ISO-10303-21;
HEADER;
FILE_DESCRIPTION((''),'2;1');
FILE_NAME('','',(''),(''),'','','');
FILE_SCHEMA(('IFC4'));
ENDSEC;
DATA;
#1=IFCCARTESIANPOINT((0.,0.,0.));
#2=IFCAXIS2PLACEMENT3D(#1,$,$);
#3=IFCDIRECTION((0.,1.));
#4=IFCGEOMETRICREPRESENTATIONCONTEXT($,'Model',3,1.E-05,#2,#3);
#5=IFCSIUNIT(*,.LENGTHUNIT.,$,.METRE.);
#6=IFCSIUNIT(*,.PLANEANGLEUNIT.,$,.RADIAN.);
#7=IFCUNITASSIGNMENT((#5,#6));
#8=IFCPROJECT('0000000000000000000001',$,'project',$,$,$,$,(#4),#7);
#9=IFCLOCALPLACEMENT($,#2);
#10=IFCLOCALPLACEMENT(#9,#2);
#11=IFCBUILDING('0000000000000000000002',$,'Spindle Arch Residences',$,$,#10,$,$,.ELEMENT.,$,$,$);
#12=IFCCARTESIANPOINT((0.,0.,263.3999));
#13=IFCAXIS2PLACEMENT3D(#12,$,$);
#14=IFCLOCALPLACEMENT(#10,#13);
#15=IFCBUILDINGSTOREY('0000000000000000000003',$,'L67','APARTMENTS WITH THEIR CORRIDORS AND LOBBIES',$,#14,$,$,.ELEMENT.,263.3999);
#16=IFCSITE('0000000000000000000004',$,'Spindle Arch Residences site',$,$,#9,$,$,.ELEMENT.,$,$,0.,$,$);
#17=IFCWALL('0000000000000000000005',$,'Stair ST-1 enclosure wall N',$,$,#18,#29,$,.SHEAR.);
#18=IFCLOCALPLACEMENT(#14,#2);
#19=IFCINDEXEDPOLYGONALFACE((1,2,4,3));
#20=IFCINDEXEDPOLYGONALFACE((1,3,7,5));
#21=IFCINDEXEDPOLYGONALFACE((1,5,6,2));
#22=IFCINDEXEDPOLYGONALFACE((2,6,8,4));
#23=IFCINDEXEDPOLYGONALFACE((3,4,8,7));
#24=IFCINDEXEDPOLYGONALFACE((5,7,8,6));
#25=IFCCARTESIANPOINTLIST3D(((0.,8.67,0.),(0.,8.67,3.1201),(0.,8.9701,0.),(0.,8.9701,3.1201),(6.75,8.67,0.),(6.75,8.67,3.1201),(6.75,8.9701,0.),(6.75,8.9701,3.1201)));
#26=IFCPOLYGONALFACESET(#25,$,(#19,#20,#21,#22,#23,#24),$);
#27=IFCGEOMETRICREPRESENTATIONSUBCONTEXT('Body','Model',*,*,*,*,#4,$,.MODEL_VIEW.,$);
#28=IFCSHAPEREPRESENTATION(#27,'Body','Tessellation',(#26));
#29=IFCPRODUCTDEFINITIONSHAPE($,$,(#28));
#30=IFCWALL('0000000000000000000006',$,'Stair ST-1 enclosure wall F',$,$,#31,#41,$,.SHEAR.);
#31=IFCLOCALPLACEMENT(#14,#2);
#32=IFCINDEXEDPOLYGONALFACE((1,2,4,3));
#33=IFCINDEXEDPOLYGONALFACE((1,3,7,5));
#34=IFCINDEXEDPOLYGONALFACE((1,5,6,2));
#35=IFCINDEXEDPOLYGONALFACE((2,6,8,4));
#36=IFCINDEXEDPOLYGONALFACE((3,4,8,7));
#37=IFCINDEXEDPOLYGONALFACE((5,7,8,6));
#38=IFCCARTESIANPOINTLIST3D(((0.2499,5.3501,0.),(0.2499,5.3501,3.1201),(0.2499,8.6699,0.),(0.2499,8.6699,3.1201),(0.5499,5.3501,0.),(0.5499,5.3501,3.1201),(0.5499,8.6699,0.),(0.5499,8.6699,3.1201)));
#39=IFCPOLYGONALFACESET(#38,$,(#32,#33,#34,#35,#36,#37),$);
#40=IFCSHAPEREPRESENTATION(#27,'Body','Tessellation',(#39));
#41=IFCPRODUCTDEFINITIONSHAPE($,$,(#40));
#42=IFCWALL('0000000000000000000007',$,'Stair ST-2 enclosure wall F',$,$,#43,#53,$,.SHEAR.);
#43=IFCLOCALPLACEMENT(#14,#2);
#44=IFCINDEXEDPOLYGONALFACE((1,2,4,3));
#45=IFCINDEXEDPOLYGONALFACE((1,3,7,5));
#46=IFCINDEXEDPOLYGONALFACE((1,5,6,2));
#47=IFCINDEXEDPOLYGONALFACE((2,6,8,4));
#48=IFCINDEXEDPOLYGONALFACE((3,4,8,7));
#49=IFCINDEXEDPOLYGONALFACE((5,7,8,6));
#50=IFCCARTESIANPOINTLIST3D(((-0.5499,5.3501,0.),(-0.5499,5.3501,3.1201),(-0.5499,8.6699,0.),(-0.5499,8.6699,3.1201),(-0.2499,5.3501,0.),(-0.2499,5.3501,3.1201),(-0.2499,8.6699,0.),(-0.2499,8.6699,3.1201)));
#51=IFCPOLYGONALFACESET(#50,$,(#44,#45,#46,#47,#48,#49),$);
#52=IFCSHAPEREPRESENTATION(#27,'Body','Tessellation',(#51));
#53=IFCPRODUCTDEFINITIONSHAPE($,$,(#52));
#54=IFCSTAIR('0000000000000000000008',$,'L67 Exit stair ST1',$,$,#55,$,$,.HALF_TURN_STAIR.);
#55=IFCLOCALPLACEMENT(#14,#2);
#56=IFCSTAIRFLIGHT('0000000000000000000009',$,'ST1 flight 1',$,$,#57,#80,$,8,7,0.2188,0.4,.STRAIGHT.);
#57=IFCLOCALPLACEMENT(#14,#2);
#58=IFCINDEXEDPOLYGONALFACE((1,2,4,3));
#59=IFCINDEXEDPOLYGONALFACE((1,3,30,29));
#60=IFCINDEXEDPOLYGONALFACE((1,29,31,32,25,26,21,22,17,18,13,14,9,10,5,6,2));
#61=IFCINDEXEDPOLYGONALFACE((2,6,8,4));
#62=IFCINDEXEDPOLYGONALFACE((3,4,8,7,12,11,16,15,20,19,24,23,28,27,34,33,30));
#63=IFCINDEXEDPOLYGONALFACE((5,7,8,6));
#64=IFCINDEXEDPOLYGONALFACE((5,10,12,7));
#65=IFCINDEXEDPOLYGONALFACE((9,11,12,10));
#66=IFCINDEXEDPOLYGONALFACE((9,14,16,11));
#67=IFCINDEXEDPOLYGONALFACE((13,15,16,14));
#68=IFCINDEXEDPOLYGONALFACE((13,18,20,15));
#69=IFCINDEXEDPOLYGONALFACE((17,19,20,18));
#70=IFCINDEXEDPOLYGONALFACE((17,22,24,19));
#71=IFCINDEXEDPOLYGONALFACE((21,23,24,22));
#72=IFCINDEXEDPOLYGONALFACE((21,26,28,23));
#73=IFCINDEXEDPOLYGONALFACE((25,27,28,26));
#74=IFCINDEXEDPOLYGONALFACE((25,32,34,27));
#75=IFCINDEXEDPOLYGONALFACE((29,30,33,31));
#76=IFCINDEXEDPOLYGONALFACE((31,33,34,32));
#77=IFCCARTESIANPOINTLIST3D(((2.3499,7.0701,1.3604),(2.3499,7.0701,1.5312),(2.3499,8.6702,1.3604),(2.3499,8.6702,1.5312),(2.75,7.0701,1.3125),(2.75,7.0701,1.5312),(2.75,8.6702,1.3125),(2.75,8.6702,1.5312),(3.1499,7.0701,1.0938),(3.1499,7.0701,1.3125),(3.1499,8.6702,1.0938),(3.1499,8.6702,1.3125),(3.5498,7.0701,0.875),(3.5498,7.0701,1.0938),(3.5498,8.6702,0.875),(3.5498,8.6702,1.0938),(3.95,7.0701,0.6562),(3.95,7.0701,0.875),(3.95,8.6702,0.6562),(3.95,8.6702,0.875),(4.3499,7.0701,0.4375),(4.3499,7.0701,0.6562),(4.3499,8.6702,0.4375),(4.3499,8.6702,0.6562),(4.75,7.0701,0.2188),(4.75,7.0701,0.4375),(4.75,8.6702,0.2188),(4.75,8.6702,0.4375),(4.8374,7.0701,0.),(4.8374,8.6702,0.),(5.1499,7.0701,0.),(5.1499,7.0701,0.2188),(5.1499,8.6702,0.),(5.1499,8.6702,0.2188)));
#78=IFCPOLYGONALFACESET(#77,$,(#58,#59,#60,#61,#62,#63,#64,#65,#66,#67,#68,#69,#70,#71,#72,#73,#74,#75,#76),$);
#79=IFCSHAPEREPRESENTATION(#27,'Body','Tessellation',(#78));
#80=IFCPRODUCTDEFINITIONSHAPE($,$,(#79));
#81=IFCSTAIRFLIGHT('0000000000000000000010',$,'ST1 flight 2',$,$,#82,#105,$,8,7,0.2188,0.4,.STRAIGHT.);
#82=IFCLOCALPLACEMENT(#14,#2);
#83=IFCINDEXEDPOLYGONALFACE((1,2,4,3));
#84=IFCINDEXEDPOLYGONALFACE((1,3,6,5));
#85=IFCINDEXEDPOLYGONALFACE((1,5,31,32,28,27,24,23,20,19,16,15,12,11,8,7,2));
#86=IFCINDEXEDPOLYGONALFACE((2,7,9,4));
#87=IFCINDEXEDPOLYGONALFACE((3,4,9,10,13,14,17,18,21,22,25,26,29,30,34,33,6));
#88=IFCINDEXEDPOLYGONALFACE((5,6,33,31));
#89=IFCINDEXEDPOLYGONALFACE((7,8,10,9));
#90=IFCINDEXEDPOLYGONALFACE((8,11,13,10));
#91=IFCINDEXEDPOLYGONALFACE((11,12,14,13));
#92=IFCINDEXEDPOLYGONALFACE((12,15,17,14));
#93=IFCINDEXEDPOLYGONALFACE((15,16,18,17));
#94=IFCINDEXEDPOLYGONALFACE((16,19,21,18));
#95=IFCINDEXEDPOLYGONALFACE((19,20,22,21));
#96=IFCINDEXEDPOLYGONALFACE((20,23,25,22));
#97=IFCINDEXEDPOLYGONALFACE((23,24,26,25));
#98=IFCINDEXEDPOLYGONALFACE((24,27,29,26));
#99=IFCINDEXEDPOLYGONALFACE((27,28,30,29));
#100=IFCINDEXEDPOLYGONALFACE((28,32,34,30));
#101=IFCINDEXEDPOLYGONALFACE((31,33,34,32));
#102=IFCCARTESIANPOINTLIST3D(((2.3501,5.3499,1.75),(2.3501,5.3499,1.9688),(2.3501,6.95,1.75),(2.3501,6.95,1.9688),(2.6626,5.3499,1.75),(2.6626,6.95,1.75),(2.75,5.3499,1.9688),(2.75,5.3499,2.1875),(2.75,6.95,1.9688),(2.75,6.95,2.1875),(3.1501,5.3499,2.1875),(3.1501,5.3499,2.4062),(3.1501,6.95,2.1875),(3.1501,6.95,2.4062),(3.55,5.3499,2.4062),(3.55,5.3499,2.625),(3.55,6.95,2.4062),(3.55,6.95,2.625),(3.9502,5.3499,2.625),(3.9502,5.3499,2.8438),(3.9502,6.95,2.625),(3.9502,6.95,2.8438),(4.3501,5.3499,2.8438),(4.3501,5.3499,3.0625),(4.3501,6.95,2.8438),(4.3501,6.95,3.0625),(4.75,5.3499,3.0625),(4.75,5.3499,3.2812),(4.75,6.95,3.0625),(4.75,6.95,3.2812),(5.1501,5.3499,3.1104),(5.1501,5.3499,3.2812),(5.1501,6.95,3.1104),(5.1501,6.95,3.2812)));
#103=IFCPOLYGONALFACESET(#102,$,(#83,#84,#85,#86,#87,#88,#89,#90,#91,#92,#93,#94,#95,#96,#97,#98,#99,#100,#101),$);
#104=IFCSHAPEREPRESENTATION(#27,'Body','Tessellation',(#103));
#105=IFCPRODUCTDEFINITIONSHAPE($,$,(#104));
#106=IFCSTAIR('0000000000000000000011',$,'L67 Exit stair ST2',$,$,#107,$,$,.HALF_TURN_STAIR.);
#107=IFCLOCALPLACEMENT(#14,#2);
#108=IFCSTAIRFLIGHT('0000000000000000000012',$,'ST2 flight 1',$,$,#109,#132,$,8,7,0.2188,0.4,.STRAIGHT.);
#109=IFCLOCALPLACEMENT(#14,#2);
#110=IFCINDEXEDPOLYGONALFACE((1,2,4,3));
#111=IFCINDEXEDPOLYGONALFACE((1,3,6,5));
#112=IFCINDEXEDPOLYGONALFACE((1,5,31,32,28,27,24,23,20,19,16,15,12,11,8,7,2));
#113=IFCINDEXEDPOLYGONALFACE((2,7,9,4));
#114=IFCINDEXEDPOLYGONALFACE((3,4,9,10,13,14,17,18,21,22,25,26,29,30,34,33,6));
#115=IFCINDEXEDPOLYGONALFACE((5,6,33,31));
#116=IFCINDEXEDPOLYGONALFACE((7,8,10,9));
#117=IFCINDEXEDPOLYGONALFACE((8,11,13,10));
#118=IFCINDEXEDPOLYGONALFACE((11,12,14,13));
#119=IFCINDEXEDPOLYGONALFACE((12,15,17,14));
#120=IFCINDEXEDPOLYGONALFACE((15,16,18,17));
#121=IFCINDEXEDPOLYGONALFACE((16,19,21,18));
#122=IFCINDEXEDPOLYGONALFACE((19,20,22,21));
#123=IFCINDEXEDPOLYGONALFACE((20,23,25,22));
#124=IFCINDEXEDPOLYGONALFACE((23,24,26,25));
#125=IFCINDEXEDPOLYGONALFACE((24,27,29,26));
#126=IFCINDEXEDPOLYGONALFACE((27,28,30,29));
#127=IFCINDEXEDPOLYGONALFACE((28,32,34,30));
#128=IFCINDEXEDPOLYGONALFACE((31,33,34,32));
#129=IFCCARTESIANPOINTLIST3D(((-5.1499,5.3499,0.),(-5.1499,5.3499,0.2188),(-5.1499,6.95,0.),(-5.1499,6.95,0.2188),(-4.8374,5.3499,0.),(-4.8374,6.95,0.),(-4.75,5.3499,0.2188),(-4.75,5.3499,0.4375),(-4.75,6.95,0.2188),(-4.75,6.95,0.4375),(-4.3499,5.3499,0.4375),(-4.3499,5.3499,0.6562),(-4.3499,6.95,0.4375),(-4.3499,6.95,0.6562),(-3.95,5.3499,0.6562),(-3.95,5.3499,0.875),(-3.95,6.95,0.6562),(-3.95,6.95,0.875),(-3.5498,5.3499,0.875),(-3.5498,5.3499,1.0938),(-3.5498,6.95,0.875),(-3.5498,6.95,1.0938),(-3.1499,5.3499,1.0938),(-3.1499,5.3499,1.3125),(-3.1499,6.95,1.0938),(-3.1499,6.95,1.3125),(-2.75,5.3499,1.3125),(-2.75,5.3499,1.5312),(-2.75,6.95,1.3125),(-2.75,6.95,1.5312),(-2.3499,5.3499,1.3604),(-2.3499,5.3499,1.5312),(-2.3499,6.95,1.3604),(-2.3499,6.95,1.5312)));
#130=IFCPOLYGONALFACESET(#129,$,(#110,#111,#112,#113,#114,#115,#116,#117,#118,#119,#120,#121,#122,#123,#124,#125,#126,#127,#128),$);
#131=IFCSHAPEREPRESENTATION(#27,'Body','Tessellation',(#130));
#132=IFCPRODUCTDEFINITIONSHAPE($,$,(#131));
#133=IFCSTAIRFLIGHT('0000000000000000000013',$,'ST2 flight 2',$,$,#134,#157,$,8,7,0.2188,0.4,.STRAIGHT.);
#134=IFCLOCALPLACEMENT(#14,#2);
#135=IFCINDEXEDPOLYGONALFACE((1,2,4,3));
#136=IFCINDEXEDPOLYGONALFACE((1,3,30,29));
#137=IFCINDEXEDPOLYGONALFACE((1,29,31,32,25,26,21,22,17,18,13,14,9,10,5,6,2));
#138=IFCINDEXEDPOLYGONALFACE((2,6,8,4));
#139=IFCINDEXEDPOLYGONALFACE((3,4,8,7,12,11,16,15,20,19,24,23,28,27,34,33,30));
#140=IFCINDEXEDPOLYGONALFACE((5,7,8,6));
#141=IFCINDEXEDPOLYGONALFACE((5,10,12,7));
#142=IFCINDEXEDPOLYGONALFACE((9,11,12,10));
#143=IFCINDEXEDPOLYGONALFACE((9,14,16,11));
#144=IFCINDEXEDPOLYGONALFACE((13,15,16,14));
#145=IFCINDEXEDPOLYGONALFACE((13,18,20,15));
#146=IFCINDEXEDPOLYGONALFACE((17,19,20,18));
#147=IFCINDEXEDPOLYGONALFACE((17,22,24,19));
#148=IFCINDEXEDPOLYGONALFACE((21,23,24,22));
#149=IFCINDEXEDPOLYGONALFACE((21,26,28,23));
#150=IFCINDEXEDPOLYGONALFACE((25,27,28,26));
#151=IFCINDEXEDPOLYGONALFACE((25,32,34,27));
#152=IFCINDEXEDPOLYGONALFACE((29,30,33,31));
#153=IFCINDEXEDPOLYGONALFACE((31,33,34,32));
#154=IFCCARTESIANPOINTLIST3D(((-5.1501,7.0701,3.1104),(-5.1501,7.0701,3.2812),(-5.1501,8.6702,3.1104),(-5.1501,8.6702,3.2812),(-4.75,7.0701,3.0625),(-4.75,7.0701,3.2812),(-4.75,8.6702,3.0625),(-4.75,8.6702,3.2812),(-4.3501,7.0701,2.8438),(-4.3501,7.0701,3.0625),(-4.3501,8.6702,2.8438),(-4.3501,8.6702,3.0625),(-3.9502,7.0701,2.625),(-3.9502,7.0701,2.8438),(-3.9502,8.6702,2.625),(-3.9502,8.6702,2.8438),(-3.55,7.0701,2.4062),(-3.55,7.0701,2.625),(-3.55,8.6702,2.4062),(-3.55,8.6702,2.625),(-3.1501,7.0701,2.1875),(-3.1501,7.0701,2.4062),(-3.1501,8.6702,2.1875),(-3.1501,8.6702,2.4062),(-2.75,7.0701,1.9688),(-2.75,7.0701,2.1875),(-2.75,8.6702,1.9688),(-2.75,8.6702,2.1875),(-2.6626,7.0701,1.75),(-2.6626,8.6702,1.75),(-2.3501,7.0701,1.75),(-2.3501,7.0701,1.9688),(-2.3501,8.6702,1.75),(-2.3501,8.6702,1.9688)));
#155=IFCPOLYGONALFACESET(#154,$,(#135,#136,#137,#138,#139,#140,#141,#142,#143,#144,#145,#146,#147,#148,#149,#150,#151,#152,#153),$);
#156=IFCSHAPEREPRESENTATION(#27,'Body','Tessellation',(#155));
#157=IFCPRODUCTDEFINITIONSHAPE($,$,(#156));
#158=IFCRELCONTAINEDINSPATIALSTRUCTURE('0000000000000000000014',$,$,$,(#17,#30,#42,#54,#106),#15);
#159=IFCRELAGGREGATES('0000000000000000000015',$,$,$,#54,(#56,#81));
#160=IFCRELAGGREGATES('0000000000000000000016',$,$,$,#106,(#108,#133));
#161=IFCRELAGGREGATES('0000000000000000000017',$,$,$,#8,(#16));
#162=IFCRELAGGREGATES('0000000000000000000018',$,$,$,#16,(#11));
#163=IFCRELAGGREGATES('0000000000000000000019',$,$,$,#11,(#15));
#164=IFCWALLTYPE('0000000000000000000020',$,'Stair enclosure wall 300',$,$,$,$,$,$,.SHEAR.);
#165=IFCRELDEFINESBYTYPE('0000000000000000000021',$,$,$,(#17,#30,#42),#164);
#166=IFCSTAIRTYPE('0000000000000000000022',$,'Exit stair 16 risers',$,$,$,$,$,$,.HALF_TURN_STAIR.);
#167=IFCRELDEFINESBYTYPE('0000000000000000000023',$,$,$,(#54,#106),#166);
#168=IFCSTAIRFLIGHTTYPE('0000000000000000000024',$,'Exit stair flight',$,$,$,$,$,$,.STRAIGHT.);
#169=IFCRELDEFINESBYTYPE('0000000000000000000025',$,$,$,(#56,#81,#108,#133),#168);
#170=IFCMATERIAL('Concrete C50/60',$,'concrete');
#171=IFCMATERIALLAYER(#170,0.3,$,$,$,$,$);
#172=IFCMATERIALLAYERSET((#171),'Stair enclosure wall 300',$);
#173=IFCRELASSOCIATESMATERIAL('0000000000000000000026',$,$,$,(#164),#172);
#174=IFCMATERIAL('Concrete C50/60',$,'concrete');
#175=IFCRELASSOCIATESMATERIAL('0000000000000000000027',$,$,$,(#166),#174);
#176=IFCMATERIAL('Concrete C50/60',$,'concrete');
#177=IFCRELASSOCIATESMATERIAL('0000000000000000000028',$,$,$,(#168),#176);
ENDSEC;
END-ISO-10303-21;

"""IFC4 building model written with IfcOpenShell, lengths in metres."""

from ifc_helpers import new_model, si_unit, direction, frame, frame_2d, origin, place, context, subcontext, project, spatial, polyline, rectangle, outline, extrude, material, layer, layer_set, type_object, element, aggregate, save


model = new_model("IFC4")

# Units and contexts
model_context = context("Model", 3, precision=1e-05, world=origin(), true_north=direction((0.0, 1.0)))
body_context = subcontext(model_context, "Body", "Model", "MODEL_VIEW")
ifc_project = project(units=[si_unit("LENGTHUNIT", "METRE"), si_unit("PLANEANGLEUNIT", "RADIAN")], contexts=[model_context])

# Site, building, storey
site_placement = place(None, origin())
site = spatial("IfcSite", under=ifc_project, at=site_placement, Name="Spindle Arch Residences site", CompositionType="ELEMENT", RefElevation=0.0)
building_placement = place(site_placement, origin())
building = spatial("IfcBuilding", under=site, at=building_placement, Name="Spindle Arch Residences", CompositionType="ELEMENT")
storey_placement = place(building_placement, frame((0.0, 0.0, 263.3999)))
storey = spatial("IfcBuildingStorey", under=building, at=storey_placement, Name="L67", Description="APARTMENTS WITH THEIR CORRIDORS AND LOBBIES", CompositionType="ELEMENT", Elevation=263.3999)

# Walls
ifc_material_1 = material(Name="Concrete C50/60", Category="concrete")
ifc_layer_1 = layer(ifc_material_1, 0.3)
ifc_layer_set_1 = layer_set([ifc_layer_1], Name="Stair enclosure wall 300")
wall_type_1 = type_object("IfcWallType", Name="Stair enclosure wall 300", PredefinedType="SHEAR", material=ifc_layer_set_1)
for number, where, z_axis, x_axis, name in (
    (1, (0.0, 8.8201, 0.0), (0.0, 0.0, 1.0), (1.0, 0.0, 0.0), "Stair ST-1 enclosure wall N"),
):
    element("IfcWall", number, at=place(storey_placement, frame(where, z_axis=z_axis, x_axis=x_axis)), inside=storey, type_object=wall_type_1, Name=name, PredefinedType="SHEAR", context=body_context, shape_type="SweptSolid", body=[
        extrude(rectangle(XDim=6.75, YDim=0.3, at=frame_2d((3.375, 0.0))), origin(), (0.0, 0.0, 1.0), 3.1201),
    ])
for number, where, z_axis, x_axis, name in (
    (2, (0.3999, 5.3501, 0.0), (0.0, 0.0, 1.0), (0.0, 1.0, 0.0), "Stair ST-1 enclosure wall F"),
    (3, (-0.3999, 5.3501, 0.0), (0.0, 0.0, 1.0), (0.0, 1.0, 0.0), "Stair ST-2 enclosure wall F"),
):
    element("IfcWall", number, at=place(storey_placement, frame(where, z_axis=z_axis, x_axis=x_axis)), inside=storey, type_object=wall_type_1, Name=name, PredefinedType="SHEAR", context=body_context, shape_type="SweptSolid", body=[
        extrude(rectangle(XDim=3.3198, YDim=0.3, at=frame_2d((1.6599, 0.0))), origin(), (0.0, 0.0, 1.0), 3.1201),
    ])

# Stairs, stair flights
ifc_material_2 = material(Name="Concrete C50/60", Category="concrete")
stair_type = type_object("IfcStairType", Name="Exit stair 16 risers", PredefinedType="HALF_TURN_STAIR", material=ifc_material_2)
stair_1_placement = place(storey_placement, origin())
stair_1 = element("IfcStair", 4, at=stair_1_placement, inside=storey, type_object=stair_type, Name="L67 Exit stair ST1", PredefinedType="HALF_TURN_STAIR")
ifc_material_3 = material(Name="Concrete C50/60", Category="concrete")
stair_flight_type = type_object("IfcStairFlightType", Name="Exit stair flight", PredefinedType="STRAIGHT", material=ifc_material_3)
stair_flight_1_placement = place(storey_placement, frame((5.1499, 7.8701, 0.0), z_axis=(0.0, 0.0, 1.0), x_axis=(-1.0, 0.0, 0.0)))
stair_flight_1 = element("IfcStairFlight", 5, at=stair_flight_1_placement, type_object=stair_flight_type, Name="ST1 flight 1", NumberOfRisers=8, NumberOfTreads=7, PredefinedType="STRAIGHT", RiserHeight=0.2188, TreadLength=0.4, context=body_context, shape_type="SweptSolid", body=[
    extrude(outline(polyline([(0.0, 0.0), (0.0, 0.2188), (0.3999, 0.2188), (0.3999, 0.4375), (0.8, 0.4375), (0.8, 0.6562), (1.2, 0.6562), (1.2, 0.875), (1.6001, 0.875), (1.6001, 1.0938), (2.0, 1.0938), (2.0, 1.3125), (2.3999, 1.3125), (2.3999, 1.5312), (2.8, 1.5312), (2.8, 1.75), (2.8, 1.3604), (0.3125, 0.0), (0.0, 0.0)])), frame((0.0, 0.8, 0.0), z_axis=(0.0, -1.0, 0.0), x_axis=(1.0, 0.0, 0.0)), (0.0, 0.0, 1.0), 1.6001),
])
stair_flight_2_placement = place(storey_placement, frame((2.3501, 6.1499, 1.75), z_axis=(0.0, 0.0, 1.0), x_axis=(1.0, 0.0, 0.0)))
stair_flight_2 = element("IfcStairFlight", 6, at=stair_flight_2_placement, type_object=stair_flight_type, Name="ST1 flight 2", NumberOfRisers=8, NumberOfTreads=7, PredefinedType="STRAIGHT", RiserHeight=0.2188, TreadLength=0.4, context=body_context, shape_type="SweptSolid", body=[
    extrude(outline(polyline([(0.0, 0.0), (0.0, 0.2188), (0.3999, 0.2188), (0.3999, 0.4375), (0.8, 0.4375), (0.8, 0.6562), (1.2, 0.6562), (1.2, 0.875), (1.6001, 0.875), (1.6001, 1.0938), (2.0, 1.0938), (2.0, 1.3125), (2.3999, 1.3125), (2.3999, 1.5312), (2.8, 1.5312), (2.8, 1.75), (2.8, 1.3604), (0.3125, 0.0), (0.0, 0.0)])), frame((0.0, 0.8, 0.0), z_axis=(0.0, -1.0, 0.0), x_axis=(1.0, 0.0, 0.0)), (0.0, 0.0, 1.0), 1.6001),
])
aggregate(stair_1, [stair_flight_1, stair_flight_2])
stair_2_placement = place(storey_placement, origin())
stair_2 = element("IfcStair", 7, at=stair_2_placement, inside=storey, type_object=stair_type, Name="L67 Exit stair ST2", PredefinedType="HALF_TURN_STAIR")
stair_flight_3_placement = place(storey_placement, frame((-5.1499, 6.1499, 0.0), z_axis=(0.0, 0.0, 1.0), x_axis=(1.0, 0.0, 0.0)))
stair_flight_3 = element("IfcStairFlight", 8, at=stair_flight_3_placement, type_object=stair_flight_type, Name="ST2 flight 1", NumberOfRisers=8, NumberOfTreads=7, PredefinedType="STRAIGHT", RiserHeight=0.2188, TreadLength=0.4, context=body_context, shape_type="SweptSolid", body=[
    extrude(outline(polyline([(0.0, 0.0), (0.0, 0.2188), (0.3999, 0.2188), (0.3999, 0.4375), (0.8, 0.4375), (0.8, 0.6562), (1.2, 0.6562), (1.2, 0.875), (1.6001, 0.875), (1.6001, 1.0938), (2.0, 1.0938), (2.0, 1.3125), (2.3999, 1.3125), (2.3999, 1.5312), (2.8, 1.5312), (2.8, 1.75), (2.8, 1.3604), (0.3125, 0.0), (0.0, 0.0)])), frame((0.0, 0.8, 0.0), z_axis=(0.0, -1.0, 0.0), x_axis=(1.0, 0.0, 0.0)), (0.0, 0.0, 1.0), 1.6001),
])
stair_flight_4_placement = place(storey_placement, frame((-2.3501, 7.8701, 1.75), z_axis=(0.0, 0.0, 1.0), x_axis=(-1.0, 0.0, 0.0)))
stair_flight_4 = element("IfcStairFlight", 9, at=stair_flight_4_placement, type_object=stair_flight_type, Name="ST2 flight 2", NumberOfRisers=8, NumberOfTreads=7, PredefinedType="STRAIGHT", RiserHeight=0.2188, TreadLength=0.4, context=body_context, shape_type="SweptSolid", body=[
    extrude(outline(polyline([(0.0, 0.0), (0.0, 0.2188), (0.3999, 0.2188), (0.3999, 0.4375), (0.8, 0.4375), (0.8, 0.6562), (1.2, 0.6562), (1.2, 0.875), (1.6001, 0.875), (1.6001, 1.0938), (2.0, 1.0938), (2.0, 1.3125), (2.3999, 1.3125), (2.3999, 1.5312), (2.8, 1.5312), (2.8, 1.75), (2.8, 1.3604), (0.3125, 0.0), (0.0, 0.0)])), frame((0.0, 0.8, 0.0), z_axis=(0.0, -1.0, 0.0), x_axis=(1.0, 0.0, 0.0)), (0.0, 0.0, 1.0), 1.6001),
])
aggregate(stair_2, [stair_flight_3, stair_flight_4])

save(model, "model.ifc")
